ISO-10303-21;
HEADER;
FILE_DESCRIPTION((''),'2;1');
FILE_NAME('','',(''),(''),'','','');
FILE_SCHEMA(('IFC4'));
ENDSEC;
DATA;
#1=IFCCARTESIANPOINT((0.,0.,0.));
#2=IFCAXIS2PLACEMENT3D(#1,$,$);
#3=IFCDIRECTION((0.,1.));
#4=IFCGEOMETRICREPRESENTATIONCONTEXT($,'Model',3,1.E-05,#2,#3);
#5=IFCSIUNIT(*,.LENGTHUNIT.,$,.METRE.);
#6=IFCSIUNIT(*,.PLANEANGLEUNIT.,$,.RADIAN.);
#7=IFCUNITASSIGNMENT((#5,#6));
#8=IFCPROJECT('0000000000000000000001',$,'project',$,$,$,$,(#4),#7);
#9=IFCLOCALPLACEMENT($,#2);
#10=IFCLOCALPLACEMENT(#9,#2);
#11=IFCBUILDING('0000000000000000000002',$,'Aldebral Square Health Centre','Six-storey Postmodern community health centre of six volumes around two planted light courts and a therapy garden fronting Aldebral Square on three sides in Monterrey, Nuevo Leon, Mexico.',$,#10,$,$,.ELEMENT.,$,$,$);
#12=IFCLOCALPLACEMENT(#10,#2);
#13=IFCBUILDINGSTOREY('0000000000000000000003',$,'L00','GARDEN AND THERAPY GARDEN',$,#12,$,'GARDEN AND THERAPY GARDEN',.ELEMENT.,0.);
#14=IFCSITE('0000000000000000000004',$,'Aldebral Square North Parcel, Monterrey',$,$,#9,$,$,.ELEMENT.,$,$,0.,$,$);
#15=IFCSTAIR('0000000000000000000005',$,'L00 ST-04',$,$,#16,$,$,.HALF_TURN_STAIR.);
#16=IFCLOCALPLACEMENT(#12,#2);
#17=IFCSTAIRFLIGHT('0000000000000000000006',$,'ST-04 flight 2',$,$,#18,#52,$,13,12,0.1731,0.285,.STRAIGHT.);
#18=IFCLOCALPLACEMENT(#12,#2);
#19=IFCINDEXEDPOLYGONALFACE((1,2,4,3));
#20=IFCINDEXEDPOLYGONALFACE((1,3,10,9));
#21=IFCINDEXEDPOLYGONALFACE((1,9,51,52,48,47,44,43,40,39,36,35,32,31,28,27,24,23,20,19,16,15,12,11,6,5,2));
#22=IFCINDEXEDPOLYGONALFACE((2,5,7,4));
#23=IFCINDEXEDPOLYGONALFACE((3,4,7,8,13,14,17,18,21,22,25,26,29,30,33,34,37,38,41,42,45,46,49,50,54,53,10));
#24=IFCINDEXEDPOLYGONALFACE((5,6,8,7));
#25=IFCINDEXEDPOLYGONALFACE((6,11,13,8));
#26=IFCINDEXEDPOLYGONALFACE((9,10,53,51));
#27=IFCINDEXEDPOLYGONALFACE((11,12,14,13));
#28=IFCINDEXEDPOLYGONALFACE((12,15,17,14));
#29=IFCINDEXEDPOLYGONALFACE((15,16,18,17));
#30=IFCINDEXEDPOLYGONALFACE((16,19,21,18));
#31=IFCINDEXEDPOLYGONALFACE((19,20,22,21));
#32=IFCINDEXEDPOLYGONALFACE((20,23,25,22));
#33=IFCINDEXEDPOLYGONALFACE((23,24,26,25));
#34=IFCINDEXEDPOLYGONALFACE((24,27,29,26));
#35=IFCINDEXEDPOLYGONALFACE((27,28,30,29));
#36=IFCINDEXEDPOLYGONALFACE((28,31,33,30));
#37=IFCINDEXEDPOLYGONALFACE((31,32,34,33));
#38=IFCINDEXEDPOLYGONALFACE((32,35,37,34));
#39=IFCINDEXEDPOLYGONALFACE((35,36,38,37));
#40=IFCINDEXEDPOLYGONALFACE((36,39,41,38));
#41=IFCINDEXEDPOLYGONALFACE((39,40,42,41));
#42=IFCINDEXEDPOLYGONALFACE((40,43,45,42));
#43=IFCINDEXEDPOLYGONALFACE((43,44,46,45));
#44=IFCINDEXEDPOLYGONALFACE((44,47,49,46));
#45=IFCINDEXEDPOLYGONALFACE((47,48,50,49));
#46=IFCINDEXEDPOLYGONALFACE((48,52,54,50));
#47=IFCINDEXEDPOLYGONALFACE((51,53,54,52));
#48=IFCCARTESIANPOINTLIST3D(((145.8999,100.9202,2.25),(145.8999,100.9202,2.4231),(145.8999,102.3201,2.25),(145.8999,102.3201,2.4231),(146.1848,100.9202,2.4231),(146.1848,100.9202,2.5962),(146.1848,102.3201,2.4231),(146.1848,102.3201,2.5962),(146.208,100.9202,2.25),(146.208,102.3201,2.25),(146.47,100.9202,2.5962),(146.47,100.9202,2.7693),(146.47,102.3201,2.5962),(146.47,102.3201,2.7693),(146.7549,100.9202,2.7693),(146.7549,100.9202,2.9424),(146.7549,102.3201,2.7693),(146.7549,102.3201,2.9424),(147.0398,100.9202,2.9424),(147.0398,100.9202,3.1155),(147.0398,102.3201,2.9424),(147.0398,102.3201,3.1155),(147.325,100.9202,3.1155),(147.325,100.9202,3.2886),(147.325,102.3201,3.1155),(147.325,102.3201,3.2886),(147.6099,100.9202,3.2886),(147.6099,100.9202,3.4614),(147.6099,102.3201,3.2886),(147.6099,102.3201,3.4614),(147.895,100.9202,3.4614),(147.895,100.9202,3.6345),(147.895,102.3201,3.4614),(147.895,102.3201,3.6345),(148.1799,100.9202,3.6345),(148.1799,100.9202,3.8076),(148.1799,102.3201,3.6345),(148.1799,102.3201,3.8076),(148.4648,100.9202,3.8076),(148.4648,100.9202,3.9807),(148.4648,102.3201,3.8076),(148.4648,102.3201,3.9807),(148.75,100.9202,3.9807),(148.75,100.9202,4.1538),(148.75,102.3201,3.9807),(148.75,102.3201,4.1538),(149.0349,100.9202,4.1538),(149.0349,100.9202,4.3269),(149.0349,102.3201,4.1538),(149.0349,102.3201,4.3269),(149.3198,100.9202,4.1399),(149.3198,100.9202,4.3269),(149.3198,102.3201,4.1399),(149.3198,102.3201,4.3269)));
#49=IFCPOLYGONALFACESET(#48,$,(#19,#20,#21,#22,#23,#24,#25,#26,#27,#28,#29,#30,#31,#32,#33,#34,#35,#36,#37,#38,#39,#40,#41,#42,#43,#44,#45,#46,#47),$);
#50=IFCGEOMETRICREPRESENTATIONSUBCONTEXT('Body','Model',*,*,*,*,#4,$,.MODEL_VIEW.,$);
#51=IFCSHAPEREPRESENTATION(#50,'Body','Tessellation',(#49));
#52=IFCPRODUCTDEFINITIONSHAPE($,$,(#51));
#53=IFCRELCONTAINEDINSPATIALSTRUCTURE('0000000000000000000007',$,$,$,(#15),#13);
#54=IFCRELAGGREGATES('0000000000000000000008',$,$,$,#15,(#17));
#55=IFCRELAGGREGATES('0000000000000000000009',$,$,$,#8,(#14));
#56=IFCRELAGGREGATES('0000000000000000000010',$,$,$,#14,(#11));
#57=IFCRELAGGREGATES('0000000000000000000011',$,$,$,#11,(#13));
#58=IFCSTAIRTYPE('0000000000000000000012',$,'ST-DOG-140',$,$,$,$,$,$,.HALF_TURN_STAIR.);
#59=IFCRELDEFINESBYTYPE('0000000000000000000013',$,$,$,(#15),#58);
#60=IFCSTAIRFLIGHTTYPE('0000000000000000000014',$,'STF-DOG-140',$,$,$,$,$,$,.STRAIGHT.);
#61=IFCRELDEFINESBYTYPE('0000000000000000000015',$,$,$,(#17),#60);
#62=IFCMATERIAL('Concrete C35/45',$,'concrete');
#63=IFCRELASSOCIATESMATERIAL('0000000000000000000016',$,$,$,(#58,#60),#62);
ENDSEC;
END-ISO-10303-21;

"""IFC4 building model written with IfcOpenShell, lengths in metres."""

from ifc_helpers import new_model, si_unit, direction, frame, origin, place, context, subcontext, project, spatial, polyline, outline, extrude, material, type_object, element, aggregate, save


model = new_model("IFC4")

# Units and contexts
model_context = context("Model", 3, precision=1e-05, world=origin(), true_north=direction((0.0, 1.0)))
body_context = subcontext(model_context, "Body", "Model", "MODEL_VIEW")
ifc_project = project(units=[si_unit("LENGTHUNIT", "METRE"), si_unit("PLANEANGLEUNIT", "RADIAN")], contexts=[model_context])

# Site, building, storey
site_placement = place(None, origin())
site = spatial("IfcSite", under=ifc_project, at=site_placement, Name="Aldebral Square North Parcel, Monterrey", CompositionType="ELEMENT", RefElevation=0.0)
building_placement = place(site_placement, origin())
building = spatial("IfcBuilding", under=site, at=building_placement, Name="Aldebral Square Health Centre", Description="Six-storey Postmodern community health centre of six volumes around two planted light courts and a therapy garden fronting Aldebral Square on three sides in Monterrey, Nuevo Leon, Mexico.", CompositionType="ELEMENT")
storey_placement = place(building_placement, origin())
storey = spatial("IfcBuildingStorey", under=building, at=storey_placement, Name="L00", Description="GARDEN AND THERAPY GARDEN", LongName="GARDEN AND THERAPY GARDEN", CompositionType="ELEMENT", Elevation=0.0)

# Shared definitions
ifc_material_1 = material(Name="Concrete C35/45", Category="concrete")

# Stair, stair flight
stair_type = type_object("IfcStairType", Name="ST-DOG-140", PredefinedType="HALF_TURN_STAIR", material=ifc_material_1)
stair_placement = place(storey_placement, origin())
stair = element("IfcStair", 1, at=stair_placement, inside=storey, type_object=stair_type, Name="L00 ST-04", PredefinedType="HALF_TURN_STAIR")
stair_flight_type = type_object("IfcStairFlightType", Name="STF-DOG-140", PredefinedType="STRAIGHT", material=ifc_material_1)
stair_flight_1_placement = place(storey_placement, frame((145.8999, 101.6201, 2.25), z_axis=(0.0, 0.0, 1.0), x_axis=(1.0, 0.0, 0.0)))
stair_flight_1 = element("IfcStairFlight", 2, at=stair_flight_1_placement, type_object=stair_flight_type, Name="ST-04 flight 2", NumberOfRisers=13, NumberOfTreads=12, PredefinedType="STRAIGHT", RiserHeight=0.1731, TreadLength=0.285, context=body_context, shape_type="SweptSolid", body=[
    extrude(outline(polyline([(0.0, 0.0), (0.0, 0.1731), (0.2849, 0.1731), (0.2849, 0.3462), (0.5701, 0.3462), (0.5701, 0.5193), (0.855, 0.5193), (0.855, 0.6924), (1.1399, 0.6924), (1.1399, 0.8655), (1.425, 0.8655), (1.425, 1.0386), (1.71, 1.0386), (1.71, 1.2114), (1.9951, 1.2114), (1.9951, 1.3845), (2.28, 1.3845), (2.28, 1.5576), (2.5649, 1.5576), (2.5649, 1.7307), (2.8501, 1.7307), (2.8501, 1.9038), (3.135, 1.9038), (3.135, 2.0769), (3.4199, 2.0769), (3.4199, 2.25), (3.4199, 1.8899), (0.3081, 0.0), (0.0, 0.0)])), frame((0.0, 0.7, 0.0), z_axis=(0.0, -1.0, 0.0), x_axis=(1.0, 0.0, 0.0)), (0.0, 0.0, 1.0), 1.3999),
])
aggregate(stair, [stair_flight_1])

save(model, "model.ifc")
